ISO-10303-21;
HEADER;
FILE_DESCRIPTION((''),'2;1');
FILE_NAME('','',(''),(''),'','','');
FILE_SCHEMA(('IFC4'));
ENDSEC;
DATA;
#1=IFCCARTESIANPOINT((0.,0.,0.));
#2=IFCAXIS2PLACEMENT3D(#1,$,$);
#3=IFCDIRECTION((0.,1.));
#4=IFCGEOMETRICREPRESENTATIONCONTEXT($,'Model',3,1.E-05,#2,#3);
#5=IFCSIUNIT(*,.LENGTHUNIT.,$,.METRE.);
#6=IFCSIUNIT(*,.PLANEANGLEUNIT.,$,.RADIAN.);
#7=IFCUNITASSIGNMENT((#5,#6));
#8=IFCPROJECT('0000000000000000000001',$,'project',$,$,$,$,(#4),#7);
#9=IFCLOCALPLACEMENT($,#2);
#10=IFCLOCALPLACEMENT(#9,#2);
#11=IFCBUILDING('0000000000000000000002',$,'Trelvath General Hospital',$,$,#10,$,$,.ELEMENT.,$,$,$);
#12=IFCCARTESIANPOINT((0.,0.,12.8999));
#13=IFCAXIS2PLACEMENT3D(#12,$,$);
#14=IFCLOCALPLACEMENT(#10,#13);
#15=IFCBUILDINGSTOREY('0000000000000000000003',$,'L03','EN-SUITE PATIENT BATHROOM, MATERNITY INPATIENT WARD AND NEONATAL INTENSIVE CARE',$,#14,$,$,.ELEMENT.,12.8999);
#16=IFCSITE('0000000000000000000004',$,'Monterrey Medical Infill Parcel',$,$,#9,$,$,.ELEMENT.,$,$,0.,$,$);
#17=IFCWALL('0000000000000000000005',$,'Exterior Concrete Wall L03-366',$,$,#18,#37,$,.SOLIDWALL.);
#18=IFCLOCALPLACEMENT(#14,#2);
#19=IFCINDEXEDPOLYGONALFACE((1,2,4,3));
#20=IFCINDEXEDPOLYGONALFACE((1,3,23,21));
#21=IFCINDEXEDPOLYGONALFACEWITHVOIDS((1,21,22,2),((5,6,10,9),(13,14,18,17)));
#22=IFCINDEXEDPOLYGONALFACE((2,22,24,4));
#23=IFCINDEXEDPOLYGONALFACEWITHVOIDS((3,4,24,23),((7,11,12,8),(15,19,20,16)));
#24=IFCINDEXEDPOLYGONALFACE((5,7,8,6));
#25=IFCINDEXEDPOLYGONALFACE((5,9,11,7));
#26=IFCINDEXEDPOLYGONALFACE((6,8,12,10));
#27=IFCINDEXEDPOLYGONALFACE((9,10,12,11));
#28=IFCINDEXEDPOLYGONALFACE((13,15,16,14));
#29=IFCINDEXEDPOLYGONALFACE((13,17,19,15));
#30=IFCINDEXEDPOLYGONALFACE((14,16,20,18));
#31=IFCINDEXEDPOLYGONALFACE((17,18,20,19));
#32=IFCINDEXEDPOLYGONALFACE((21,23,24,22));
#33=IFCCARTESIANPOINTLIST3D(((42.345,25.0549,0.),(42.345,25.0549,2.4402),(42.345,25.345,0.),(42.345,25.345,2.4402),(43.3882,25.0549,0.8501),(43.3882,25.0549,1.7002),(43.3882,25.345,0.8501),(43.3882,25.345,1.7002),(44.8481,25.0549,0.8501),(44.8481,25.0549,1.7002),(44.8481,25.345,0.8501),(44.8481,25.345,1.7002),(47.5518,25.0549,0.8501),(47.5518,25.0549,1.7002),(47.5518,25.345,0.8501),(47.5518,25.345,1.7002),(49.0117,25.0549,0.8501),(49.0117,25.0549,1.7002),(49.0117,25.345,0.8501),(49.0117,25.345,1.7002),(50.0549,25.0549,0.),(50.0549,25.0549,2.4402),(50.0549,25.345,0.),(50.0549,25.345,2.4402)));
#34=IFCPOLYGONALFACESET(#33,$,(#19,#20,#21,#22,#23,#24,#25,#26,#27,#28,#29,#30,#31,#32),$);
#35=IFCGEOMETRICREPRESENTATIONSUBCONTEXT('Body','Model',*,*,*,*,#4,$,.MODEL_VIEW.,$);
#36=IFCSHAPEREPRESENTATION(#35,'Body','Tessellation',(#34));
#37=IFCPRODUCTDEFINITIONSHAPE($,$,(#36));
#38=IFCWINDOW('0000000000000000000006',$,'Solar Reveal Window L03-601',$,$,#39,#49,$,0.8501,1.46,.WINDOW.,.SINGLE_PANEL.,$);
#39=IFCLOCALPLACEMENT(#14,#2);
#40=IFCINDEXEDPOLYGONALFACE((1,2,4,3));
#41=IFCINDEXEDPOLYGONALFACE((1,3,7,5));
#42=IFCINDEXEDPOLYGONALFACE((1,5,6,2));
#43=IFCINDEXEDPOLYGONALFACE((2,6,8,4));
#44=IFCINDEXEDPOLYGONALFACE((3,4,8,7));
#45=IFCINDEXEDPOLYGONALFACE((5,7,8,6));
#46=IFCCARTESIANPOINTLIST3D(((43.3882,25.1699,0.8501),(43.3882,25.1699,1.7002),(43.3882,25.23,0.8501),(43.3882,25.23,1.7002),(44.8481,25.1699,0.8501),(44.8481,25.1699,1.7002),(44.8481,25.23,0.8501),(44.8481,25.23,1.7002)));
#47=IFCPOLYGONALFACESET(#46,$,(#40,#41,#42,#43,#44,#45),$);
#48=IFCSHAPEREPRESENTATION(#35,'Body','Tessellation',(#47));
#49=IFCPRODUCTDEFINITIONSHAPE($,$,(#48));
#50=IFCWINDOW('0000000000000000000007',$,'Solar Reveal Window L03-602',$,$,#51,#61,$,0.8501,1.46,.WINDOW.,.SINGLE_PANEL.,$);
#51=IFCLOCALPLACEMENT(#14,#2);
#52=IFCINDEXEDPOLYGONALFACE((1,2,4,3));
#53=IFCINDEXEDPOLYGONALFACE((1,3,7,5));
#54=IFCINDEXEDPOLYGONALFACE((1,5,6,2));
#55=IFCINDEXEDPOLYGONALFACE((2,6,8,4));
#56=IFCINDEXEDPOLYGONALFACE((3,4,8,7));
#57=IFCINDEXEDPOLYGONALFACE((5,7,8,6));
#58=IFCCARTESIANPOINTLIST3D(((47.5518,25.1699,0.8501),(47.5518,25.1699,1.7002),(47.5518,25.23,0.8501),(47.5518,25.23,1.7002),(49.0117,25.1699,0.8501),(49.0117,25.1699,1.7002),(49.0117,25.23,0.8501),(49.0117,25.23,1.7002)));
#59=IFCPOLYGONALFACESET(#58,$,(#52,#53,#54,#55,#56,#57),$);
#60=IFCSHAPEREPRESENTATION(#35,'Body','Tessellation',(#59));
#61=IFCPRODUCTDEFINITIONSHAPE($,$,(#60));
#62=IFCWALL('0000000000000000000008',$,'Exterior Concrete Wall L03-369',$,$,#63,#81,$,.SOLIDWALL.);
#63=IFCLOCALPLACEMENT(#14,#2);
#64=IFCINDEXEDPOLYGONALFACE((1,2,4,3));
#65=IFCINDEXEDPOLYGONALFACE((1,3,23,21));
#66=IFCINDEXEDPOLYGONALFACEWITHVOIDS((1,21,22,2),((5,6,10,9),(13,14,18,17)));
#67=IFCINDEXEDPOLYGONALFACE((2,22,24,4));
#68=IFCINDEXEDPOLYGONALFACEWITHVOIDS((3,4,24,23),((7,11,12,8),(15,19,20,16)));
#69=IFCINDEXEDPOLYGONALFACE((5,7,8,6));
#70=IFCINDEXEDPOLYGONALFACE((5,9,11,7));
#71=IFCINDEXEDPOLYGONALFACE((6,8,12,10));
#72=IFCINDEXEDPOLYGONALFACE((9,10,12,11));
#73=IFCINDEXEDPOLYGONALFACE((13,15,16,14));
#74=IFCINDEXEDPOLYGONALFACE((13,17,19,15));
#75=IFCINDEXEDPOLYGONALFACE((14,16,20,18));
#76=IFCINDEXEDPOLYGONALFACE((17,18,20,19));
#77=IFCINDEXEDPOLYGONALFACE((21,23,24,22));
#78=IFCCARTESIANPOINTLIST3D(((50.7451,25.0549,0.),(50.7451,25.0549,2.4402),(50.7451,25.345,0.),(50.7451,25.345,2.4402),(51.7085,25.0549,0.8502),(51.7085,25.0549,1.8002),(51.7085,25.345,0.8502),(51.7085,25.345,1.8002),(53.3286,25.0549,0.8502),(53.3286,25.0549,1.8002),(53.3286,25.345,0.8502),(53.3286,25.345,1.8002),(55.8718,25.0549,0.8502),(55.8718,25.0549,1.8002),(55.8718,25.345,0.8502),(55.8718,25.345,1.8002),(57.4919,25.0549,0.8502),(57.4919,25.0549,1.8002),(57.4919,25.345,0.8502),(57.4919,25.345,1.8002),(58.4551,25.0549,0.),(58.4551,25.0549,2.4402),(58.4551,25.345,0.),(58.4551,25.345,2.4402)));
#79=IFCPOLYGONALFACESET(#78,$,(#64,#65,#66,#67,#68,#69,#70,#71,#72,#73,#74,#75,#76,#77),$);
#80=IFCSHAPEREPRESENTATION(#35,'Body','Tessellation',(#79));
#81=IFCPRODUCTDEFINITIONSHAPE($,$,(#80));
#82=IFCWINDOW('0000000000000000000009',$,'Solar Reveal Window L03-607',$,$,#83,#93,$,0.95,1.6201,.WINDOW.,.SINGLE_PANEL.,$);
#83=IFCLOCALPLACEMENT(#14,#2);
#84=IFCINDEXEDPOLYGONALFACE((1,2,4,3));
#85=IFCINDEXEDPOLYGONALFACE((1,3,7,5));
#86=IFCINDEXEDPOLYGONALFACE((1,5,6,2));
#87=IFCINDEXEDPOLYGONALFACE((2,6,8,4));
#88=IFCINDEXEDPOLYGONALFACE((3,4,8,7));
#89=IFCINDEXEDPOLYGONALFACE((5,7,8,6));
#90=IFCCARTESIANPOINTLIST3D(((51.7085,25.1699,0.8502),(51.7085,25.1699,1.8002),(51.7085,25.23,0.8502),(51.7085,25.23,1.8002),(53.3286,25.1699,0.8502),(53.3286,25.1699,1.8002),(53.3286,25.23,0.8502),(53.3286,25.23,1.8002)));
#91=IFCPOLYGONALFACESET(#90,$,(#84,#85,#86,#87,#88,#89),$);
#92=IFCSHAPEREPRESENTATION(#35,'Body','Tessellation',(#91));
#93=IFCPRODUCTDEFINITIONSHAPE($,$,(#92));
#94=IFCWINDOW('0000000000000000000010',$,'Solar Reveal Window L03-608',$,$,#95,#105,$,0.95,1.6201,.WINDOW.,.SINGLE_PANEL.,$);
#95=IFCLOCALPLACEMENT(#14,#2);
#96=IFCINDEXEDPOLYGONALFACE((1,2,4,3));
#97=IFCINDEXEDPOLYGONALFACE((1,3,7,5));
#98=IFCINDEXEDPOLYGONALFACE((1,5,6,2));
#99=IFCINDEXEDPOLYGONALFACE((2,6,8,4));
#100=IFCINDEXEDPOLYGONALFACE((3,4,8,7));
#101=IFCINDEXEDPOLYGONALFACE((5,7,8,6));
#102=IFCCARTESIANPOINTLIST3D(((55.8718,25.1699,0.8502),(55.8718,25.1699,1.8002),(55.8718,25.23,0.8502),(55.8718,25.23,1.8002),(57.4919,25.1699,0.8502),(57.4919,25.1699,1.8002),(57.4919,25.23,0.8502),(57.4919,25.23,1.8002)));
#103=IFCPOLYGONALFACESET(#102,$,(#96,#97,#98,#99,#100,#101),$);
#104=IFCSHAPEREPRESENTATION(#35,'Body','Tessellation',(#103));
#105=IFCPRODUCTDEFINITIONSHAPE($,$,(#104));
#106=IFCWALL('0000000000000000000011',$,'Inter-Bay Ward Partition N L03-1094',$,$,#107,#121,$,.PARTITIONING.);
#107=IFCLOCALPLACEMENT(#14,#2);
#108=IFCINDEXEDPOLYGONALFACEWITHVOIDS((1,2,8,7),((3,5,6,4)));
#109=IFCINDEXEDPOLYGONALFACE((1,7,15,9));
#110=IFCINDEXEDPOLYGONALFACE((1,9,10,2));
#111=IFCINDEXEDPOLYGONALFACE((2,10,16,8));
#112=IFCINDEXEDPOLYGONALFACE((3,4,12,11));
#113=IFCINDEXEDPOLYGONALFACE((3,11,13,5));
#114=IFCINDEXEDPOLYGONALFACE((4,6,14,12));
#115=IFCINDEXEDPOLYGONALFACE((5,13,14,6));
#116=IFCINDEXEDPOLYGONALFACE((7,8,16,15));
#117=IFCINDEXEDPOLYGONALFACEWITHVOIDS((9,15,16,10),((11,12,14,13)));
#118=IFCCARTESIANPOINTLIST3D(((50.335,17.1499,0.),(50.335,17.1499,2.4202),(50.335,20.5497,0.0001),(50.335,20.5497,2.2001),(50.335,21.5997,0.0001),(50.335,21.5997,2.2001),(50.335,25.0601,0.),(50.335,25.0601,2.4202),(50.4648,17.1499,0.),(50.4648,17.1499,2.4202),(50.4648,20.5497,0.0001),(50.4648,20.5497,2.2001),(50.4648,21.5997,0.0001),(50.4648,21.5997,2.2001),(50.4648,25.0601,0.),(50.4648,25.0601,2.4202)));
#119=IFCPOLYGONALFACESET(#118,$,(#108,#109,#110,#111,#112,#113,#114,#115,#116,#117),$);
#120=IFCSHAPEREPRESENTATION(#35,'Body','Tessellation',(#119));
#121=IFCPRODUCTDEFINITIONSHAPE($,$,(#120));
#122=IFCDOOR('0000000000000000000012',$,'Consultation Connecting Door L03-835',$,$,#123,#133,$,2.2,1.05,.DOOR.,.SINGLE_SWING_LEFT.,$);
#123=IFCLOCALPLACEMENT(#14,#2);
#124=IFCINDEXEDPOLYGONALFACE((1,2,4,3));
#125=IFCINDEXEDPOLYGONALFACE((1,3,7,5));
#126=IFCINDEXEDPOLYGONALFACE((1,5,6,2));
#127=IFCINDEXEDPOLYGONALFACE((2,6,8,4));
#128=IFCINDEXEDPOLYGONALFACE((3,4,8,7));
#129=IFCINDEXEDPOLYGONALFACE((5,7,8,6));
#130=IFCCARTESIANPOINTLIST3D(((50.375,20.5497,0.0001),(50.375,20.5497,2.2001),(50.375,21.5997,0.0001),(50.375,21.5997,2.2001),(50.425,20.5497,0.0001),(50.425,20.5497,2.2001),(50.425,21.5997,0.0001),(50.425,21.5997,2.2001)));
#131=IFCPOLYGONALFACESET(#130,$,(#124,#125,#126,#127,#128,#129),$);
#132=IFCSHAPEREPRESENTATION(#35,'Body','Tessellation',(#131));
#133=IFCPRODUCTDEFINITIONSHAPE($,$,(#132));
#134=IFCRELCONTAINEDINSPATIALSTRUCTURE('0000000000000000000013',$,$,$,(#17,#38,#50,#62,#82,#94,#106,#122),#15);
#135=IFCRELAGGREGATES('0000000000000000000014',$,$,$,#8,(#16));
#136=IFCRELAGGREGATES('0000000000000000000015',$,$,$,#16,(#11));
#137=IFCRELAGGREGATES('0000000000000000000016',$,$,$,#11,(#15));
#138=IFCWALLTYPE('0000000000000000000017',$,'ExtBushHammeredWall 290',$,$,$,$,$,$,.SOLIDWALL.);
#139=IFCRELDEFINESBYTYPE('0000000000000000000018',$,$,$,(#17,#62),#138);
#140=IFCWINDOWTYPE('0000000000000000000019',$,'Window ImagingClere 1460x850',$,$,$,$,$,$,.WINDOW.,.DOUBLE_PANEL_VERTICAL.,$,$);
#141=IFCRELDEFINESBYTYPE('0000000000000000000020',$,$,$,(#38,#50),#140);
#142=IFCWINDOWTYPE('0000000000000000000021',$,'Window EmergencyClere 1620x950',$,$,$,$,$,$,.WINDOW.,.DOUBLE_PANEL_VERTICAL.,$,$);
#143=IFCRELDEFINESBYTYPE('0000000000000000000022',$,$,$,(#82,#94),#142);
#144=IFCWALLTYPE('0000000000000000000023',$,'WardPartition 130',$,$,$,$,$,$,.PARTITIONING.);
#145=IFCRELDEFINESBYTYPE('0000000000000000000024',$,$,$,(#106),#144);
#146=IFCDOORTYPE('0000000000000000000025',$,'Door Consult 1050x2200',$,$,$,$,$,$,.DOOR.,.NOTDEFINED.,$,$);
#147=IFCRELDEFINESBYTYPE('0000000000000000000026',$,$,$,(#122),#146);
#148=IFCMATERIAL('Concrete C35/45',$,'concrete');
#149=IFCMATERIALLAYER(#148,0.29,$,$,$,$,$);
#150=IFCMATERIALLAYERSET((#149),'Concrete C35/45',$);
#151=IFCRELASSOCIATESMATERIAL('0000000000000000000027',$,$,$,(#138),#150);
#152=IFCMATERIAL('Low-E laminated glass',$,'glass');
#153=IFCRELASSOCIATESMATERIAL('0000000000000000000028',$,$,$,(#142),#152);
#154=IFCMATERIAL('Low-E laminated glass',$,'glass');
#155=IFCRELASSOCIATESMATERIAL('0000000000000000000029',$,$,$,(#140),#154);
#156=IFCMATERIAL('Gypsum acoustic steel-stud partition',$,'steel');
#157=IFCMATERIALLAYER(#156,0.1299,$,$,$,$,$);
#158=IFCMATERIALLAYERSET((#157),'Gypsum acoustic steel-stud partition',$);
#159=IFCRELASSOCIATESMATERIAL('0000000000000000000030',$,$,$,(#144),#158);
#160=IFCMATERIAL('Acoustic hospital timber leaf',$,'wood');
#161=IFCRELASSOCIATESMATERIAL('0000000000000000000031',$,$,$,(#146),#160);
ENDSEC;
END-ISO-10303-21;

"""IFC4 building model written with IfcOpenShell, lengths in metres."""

from ifc_helpers import new_model, si_unit, direction, frame, frame_2d, origin, place, context, subcontext, project, spatial, rectangle, extrude, material, layer, layer_set, type_object, element, fill, save


model = new_model("IFC4")

# Units and contexts
model_context = context("Model", 3, precision=1e-05, world=origin(), true_north=direction((0.0, 1.0)))
body_context = subcontext(model_context, "Body", "Model", "MODEL_VIEW")
ifc_project = project(units=[si_unit("LENGTHUNIT", "METRE"), si_unit("PLANEANGLEUNIT", "RADIAN")], contexts=[model_context])

# Site, building, storey
site_placement = place(None, origin())
site = spatial("IfcSite", under=ifc_project, at=site_placement, Name="Monterrey Medical Infill Parcel", CompositionType="ELEMENT", RefElevation=0.0)
building_placement = place(site_placement, origin())
building = spatial("IfcBuilding", under=site, at=building_placement, Name="Trelvath General Hospital", CompositionType="ELEMENT")
storey_placement = place(building_placement, frame((0.0, 0.0, 12.8999)))
storey = spatial("IfcBuildingStorey", under=building, at=storey_placement, Name="L03", Description="EN-SUITE PATIENT BATHROOM, MATERNITY INPATIENT WARD AND NEONATAL INTENSIVE CARE", CompositionType="ELEMENT", Elevation=12.8999)

# Walls, openings, windows
ifc_material_1 = material(Name="Concrete C35/45", Category="concrete")
ifc_layer_1 = layer(ifc_material_1, 0.29)
ifc_layer_set_1 = layer_set([ifc_layer_1], Name="Concrete C35/45")
wall_type_1 = type_object("IfcWallType", Name="ExtBushHammeredWall 290", PredefinedType="SOLIDWALL", material=ifc_layer_set_1)
ifc_material_2 = material(Name="Low-E laminated glass", Category="glass")
window_type_1 = type_object("IfcWindowType", Name="Window EmergencyClere 1620x950", PartitioningType="DOUBLE_PANEL_VERTICAL", PredefinedType="WINDOW", material=ifc_material_2)
wall_1_placement = place(storey_placement, frame((42.345, 25.2, 0.0), z_axis=(0.0, 0.0, 1.0), x_axis=(1.0, 0.0, 0.0)))
wall_1 = element("IfcWall", 1, at=wall_1_placement, inside=storey, type_object=wall_type_1, Name="Exterior Concrete Wall L03-366", PredefinedType="SOLIDWALL", context=body_context, shape_type="SweptSolid", body=[
    extrude(rectangle(XDim=7.71, YDim=0.29, at=frame_2d((3.855, 0.0))), origin(), (0.0, 0.0, 1.0), 2.4402),
])
opening_1_placement = place(wall_1_placement, frame((1.0432, 0.0, 0.8501)))
opening_1 = element("IfcOpeningElement", 2, at=opening_1_placement, cuts=wall_1, PredefinedType="OPENING", context=body_context, shape_type="SweptSolid", body=[
    extrude(rectangle(XDim=1.46, YDim=0.8501, at=frame_2d((0.73, 0.425))), frame((0.0, 0.155, 0.0), z_axis=(0.0, -1.0, 0.0), x_axis=(1.0, 0.0, 0.0)), (0.0, 0.0, 1.0), 0.3101),
])
opening_2_placement = place(wall_1_placement, frame((5.2068, 0.0, 0.8501)))
opening_2 = element("IfcOpeningElement", 3, at=opening_2_placement, cuts=wall_1, PredefinedType="OPENING", context=body_context, shape_type="SweptSolid", body=[
    extrude(rectangle(XDim=1.46, YDim=0.8501, at=frame_2d((0.73, 0.425))), frame((0.0, 0.155, 0.0), z_axis=(0.0, -1.0, 0.0), x_axis=(1.0, 0.0, 0.0)), (0.0, 0.0, 1.0), 0.3101),
])
ifc_material_3 = material(Name="Low-E laminated glass", Category="glass")
window_type_2 = type_object("IfcWindowType", Name="Window ImagingClere 1460x850", PartitioningType="DOUBLE_PANEL_VERTICAL", PredefinedType="WINDOW", material=ifc_material_3)
window_1_placement = place(opening_1_placement, origin())
window_1 = element("IfcWindow", 4, at=window_1_placement, inside=storey, type_object=window_type_2, Name="Solar Reveal Window L03-601", OverallHeight=0.8501, OverallWidth=1.46, PartitioningType="SINGLE_PANEL", PredefinedType="WINDOW", context=body_context, shape_type="SweptSolid", body=[
    extrude(rectangle(XDim=1.46, YDim=0.8501, at=frame_2d((0.73, 0.425))), frame((0.0, 0.03, 0.0), z_axis=(0.0, -1.0, 0.0), x_axis=(1.0, 0.0, 0.0)), (0.0, 0.0, 1.0), 0.0601),
])
fill(opening_1, window_1)
window_2_placement = place(opening_2_placement, origin())
window_2 = element("IfcWindow", 5, at=window_2_placement, inside=storey, type_object=window_type_2, Name="Solar Reveal Window L03-602", OverallHeight=0.8501, OverallWidth=1.46, PartitioningType="SINGLE_PANEL", PredefinedType="WINDOW", context=body_context, shape_type="SweptSolid", body=[
    extrude(rectangle(XDim=1.46, YDim=0.8501, at=frame_2d((0.73, 0.425))), frame((0.0, 0.03, 0.0), z_axis=(0.0, -1.0, 0.0), x_axis=(1.0, 0.0, 0.0)), (0.0, 0.0, 1.0), 0.0601),
])
fill(opening_2, window_2)
wall_2_placement = place(storey_placement, frame((50.7451, 25.2, 0.0), z_axis=(0.0, 0.0, 1.0), x_axis=(1.0, 0.0, 0.0)))
wall_2 = element("IfcWall", 6, at=wall_2_placement, inside=storey, type_object=wall_type_1, Name="Exterior Concrete Wall L03-369", PredefinedType="SOLIDWALL", context=body_context, shape_type="SweptSolid", body=[
    extrude(rectangle(XDim=7.71, YDim=0.29, at=frame_2d((3.855, 0.0))), origin(), (0.0, 0.0, 1.0), 2.4402),
])
opening_3_placement = place(wall_2_placement, frame((0.9634, 0.0, 0.8501)))
opening_3 = element("IfcOpeningElement", 7, at=opening_3_placement, cuts=wall_2, PredefinedType="OPENING", context=body_context, shape_type="SweptSolid", body=[
    extrude(rectangle(XDim=1.6201, YDim=0.95, at=frame_2d((0.8101, 0.4751))), frame((0.0, 0.155, 0.0), z_axis=(0.0, -1.0, 0.0), x_axis=(1.0, 0.0, 0.0)), (0.0, 0.0, 1.0), 0.3101),
])
opening_4_placement = place(wall_2_placement, frame((5.1267, 0.0, 0.8501)))
opening_4 = element("IfcOpeningElement", 8, at=opening_4_placement, cuts=wall_2, PredefinedType="OPENING", context=body_context, shape_type="SweptSolid", body=[
    extrude(rectangle(XDim=1.6201, YDim=0.95, at=frame_2d((0.8101, 0.4751))), frame((0.0, 0.155, 0.0), z_axis=(0.0, -1.0, 0.0), x_axis=(1.0, 0.0, 0.0)), (0.0, 0.0, 1.0), 0.3101),
])
window_3_placement = place(opening_3_placement, origin())
window_3 = element("IfcWindow", 9, at=window_3_placement, inside=storey, type_object=window_type_1, Name="Solar Reveal Window L03-607", OverallHeight=0.95, OverallWidth=1.6201, PartitioningType="SINGLE_PANEL", PredefinedType="WINDOW", context=body_context, shape_type="SweptSolid", body=[
    extrude(rectangle(XDim=1.6201, YDim=0.95, at=frame_2d((0.8101, 0.4751))), frame((0.0, 0.03, 0.0), z_axis=(0.0, -1.0, 0.0), x_axis=(1.0, 0.0, 0.0)), (0.0, 0.0, 1.0), 0.0601),
])
fill(opening_3, window_3)
window_4_placement = place(opening_4_placement, origin())
window_4 = element("IfcWindow", 10, at=window_4_placement, inside=storey, type_object=window_type_1, Name="Solar Reveal Window L03-608", OverallHeight=0.95, OverallWidth=1.6201, PartitioningType="SINGLE_PANEL", PredefinedType="WINDOW", context=body_context, shape_type="SweptSolid", body=[
    extrude(rectangle(XDim=1.6201, YDim=0.95, at=frame_2d((0.8101, 0.4751))), frame((0.0, 0.03, 0.0), z_axis=(0.0, -1.0, 0.0), x_axis=(1.0, 0.0, 0.0)), (0.0, 0.0, 1.0), 0.0601),
])
fill(opening_4, window_4)

# Wall, opening, door
ifc_material_4 = material(Name="Gypsum acoustic steel-stud partition", Category="steel")
ifc_layer_2 = layer(ifc_material_4, 0.1299)
ifc_layer_set_2 = layer_set([ifc_layer_2], Name="Gypsum acoustic steel-stud partition")
wall_type_2 = type_object("IfcWallType", Name="WardPartition 130", PredefinedType="PARTITIONING", material=ifc_layer_set_2)
wall_3_placement = place(storey_placement, frame((50.3999, 17.1499, 0.0), z_axis=(0.0, 0.0, 1.0), x_axis=(0.0, 1.0, 0.0)))
wall_3 = element("IfcWall", 11, at=wall_3_placement, inside=storey, type_object=wall_type_2, Name="Inter-Bay Ward Partition N L03-1094", PredefinedType="PARTITIONING", context=body_context, shape_type="SweptSolid", body=[
    extrude(rectangle(XDim=7.9102, YDim=0.1299, at=frame_2d((3.9551, 0.0))), origin(), (0.0, 0.0, 1.0), 2.4202),
])
opening_5_placement = place(wall_3_placement, frame((3.3999, 0.0, 0.0)))
opening_5 = element("IfcOpeningElement", 12, at=opening_5_placement, cuts=wall_3, PredefinedType="OPENING", context=body_context, shape_type="SweptSolid", body=[
    extrude(rectangle(XDim=1.05, YDim=2.2, at=frame_2d((0.5249, 1.1001))), frame((0.0, 0.075, 0.0), z_axis=(0.0, -1.0, 0.0), x_axis=(1.0, 0.0, 0.0)), (0.0, 0.0, 1.0), 0.1499),
])
ifc_material_5 = material(Name="Acoustic hospital timber leaf", Category="wood")
door_type = type_object("IfcDoorType", Name="Door Consult 1050x2200", OperationType="NOTDEFINED", PredefinedType="DOOR", material=ifc_material_5)
door_placement = place(opening_5_placement, origin())
door = element("IfcDoor", 13, at=door_placement, inside=storey, type_object=door_type, Name="Consultation Connecting Door L03-835", OperationType="SINGLE_SWING_LEFT", OverallHeight=2.2, OverallWidth=1.05, PredefinedType="DOOR", context=body_context, shape_type="SweptSolid", body=[
    extrude(rectangle(XDim=1.05, YDim=2.2, at=frame_2d((0.5249, 1.1001))), frame((0.0, 0.0249, 0.0), z_axis=(0.0, -1.0, 0.0), x_axis=(1.0, 0.0, 0.0)), (0.0, 0.0, 1.0), 0.05),
])
fill(opening_5, door)

save(model, "model.ifc")
